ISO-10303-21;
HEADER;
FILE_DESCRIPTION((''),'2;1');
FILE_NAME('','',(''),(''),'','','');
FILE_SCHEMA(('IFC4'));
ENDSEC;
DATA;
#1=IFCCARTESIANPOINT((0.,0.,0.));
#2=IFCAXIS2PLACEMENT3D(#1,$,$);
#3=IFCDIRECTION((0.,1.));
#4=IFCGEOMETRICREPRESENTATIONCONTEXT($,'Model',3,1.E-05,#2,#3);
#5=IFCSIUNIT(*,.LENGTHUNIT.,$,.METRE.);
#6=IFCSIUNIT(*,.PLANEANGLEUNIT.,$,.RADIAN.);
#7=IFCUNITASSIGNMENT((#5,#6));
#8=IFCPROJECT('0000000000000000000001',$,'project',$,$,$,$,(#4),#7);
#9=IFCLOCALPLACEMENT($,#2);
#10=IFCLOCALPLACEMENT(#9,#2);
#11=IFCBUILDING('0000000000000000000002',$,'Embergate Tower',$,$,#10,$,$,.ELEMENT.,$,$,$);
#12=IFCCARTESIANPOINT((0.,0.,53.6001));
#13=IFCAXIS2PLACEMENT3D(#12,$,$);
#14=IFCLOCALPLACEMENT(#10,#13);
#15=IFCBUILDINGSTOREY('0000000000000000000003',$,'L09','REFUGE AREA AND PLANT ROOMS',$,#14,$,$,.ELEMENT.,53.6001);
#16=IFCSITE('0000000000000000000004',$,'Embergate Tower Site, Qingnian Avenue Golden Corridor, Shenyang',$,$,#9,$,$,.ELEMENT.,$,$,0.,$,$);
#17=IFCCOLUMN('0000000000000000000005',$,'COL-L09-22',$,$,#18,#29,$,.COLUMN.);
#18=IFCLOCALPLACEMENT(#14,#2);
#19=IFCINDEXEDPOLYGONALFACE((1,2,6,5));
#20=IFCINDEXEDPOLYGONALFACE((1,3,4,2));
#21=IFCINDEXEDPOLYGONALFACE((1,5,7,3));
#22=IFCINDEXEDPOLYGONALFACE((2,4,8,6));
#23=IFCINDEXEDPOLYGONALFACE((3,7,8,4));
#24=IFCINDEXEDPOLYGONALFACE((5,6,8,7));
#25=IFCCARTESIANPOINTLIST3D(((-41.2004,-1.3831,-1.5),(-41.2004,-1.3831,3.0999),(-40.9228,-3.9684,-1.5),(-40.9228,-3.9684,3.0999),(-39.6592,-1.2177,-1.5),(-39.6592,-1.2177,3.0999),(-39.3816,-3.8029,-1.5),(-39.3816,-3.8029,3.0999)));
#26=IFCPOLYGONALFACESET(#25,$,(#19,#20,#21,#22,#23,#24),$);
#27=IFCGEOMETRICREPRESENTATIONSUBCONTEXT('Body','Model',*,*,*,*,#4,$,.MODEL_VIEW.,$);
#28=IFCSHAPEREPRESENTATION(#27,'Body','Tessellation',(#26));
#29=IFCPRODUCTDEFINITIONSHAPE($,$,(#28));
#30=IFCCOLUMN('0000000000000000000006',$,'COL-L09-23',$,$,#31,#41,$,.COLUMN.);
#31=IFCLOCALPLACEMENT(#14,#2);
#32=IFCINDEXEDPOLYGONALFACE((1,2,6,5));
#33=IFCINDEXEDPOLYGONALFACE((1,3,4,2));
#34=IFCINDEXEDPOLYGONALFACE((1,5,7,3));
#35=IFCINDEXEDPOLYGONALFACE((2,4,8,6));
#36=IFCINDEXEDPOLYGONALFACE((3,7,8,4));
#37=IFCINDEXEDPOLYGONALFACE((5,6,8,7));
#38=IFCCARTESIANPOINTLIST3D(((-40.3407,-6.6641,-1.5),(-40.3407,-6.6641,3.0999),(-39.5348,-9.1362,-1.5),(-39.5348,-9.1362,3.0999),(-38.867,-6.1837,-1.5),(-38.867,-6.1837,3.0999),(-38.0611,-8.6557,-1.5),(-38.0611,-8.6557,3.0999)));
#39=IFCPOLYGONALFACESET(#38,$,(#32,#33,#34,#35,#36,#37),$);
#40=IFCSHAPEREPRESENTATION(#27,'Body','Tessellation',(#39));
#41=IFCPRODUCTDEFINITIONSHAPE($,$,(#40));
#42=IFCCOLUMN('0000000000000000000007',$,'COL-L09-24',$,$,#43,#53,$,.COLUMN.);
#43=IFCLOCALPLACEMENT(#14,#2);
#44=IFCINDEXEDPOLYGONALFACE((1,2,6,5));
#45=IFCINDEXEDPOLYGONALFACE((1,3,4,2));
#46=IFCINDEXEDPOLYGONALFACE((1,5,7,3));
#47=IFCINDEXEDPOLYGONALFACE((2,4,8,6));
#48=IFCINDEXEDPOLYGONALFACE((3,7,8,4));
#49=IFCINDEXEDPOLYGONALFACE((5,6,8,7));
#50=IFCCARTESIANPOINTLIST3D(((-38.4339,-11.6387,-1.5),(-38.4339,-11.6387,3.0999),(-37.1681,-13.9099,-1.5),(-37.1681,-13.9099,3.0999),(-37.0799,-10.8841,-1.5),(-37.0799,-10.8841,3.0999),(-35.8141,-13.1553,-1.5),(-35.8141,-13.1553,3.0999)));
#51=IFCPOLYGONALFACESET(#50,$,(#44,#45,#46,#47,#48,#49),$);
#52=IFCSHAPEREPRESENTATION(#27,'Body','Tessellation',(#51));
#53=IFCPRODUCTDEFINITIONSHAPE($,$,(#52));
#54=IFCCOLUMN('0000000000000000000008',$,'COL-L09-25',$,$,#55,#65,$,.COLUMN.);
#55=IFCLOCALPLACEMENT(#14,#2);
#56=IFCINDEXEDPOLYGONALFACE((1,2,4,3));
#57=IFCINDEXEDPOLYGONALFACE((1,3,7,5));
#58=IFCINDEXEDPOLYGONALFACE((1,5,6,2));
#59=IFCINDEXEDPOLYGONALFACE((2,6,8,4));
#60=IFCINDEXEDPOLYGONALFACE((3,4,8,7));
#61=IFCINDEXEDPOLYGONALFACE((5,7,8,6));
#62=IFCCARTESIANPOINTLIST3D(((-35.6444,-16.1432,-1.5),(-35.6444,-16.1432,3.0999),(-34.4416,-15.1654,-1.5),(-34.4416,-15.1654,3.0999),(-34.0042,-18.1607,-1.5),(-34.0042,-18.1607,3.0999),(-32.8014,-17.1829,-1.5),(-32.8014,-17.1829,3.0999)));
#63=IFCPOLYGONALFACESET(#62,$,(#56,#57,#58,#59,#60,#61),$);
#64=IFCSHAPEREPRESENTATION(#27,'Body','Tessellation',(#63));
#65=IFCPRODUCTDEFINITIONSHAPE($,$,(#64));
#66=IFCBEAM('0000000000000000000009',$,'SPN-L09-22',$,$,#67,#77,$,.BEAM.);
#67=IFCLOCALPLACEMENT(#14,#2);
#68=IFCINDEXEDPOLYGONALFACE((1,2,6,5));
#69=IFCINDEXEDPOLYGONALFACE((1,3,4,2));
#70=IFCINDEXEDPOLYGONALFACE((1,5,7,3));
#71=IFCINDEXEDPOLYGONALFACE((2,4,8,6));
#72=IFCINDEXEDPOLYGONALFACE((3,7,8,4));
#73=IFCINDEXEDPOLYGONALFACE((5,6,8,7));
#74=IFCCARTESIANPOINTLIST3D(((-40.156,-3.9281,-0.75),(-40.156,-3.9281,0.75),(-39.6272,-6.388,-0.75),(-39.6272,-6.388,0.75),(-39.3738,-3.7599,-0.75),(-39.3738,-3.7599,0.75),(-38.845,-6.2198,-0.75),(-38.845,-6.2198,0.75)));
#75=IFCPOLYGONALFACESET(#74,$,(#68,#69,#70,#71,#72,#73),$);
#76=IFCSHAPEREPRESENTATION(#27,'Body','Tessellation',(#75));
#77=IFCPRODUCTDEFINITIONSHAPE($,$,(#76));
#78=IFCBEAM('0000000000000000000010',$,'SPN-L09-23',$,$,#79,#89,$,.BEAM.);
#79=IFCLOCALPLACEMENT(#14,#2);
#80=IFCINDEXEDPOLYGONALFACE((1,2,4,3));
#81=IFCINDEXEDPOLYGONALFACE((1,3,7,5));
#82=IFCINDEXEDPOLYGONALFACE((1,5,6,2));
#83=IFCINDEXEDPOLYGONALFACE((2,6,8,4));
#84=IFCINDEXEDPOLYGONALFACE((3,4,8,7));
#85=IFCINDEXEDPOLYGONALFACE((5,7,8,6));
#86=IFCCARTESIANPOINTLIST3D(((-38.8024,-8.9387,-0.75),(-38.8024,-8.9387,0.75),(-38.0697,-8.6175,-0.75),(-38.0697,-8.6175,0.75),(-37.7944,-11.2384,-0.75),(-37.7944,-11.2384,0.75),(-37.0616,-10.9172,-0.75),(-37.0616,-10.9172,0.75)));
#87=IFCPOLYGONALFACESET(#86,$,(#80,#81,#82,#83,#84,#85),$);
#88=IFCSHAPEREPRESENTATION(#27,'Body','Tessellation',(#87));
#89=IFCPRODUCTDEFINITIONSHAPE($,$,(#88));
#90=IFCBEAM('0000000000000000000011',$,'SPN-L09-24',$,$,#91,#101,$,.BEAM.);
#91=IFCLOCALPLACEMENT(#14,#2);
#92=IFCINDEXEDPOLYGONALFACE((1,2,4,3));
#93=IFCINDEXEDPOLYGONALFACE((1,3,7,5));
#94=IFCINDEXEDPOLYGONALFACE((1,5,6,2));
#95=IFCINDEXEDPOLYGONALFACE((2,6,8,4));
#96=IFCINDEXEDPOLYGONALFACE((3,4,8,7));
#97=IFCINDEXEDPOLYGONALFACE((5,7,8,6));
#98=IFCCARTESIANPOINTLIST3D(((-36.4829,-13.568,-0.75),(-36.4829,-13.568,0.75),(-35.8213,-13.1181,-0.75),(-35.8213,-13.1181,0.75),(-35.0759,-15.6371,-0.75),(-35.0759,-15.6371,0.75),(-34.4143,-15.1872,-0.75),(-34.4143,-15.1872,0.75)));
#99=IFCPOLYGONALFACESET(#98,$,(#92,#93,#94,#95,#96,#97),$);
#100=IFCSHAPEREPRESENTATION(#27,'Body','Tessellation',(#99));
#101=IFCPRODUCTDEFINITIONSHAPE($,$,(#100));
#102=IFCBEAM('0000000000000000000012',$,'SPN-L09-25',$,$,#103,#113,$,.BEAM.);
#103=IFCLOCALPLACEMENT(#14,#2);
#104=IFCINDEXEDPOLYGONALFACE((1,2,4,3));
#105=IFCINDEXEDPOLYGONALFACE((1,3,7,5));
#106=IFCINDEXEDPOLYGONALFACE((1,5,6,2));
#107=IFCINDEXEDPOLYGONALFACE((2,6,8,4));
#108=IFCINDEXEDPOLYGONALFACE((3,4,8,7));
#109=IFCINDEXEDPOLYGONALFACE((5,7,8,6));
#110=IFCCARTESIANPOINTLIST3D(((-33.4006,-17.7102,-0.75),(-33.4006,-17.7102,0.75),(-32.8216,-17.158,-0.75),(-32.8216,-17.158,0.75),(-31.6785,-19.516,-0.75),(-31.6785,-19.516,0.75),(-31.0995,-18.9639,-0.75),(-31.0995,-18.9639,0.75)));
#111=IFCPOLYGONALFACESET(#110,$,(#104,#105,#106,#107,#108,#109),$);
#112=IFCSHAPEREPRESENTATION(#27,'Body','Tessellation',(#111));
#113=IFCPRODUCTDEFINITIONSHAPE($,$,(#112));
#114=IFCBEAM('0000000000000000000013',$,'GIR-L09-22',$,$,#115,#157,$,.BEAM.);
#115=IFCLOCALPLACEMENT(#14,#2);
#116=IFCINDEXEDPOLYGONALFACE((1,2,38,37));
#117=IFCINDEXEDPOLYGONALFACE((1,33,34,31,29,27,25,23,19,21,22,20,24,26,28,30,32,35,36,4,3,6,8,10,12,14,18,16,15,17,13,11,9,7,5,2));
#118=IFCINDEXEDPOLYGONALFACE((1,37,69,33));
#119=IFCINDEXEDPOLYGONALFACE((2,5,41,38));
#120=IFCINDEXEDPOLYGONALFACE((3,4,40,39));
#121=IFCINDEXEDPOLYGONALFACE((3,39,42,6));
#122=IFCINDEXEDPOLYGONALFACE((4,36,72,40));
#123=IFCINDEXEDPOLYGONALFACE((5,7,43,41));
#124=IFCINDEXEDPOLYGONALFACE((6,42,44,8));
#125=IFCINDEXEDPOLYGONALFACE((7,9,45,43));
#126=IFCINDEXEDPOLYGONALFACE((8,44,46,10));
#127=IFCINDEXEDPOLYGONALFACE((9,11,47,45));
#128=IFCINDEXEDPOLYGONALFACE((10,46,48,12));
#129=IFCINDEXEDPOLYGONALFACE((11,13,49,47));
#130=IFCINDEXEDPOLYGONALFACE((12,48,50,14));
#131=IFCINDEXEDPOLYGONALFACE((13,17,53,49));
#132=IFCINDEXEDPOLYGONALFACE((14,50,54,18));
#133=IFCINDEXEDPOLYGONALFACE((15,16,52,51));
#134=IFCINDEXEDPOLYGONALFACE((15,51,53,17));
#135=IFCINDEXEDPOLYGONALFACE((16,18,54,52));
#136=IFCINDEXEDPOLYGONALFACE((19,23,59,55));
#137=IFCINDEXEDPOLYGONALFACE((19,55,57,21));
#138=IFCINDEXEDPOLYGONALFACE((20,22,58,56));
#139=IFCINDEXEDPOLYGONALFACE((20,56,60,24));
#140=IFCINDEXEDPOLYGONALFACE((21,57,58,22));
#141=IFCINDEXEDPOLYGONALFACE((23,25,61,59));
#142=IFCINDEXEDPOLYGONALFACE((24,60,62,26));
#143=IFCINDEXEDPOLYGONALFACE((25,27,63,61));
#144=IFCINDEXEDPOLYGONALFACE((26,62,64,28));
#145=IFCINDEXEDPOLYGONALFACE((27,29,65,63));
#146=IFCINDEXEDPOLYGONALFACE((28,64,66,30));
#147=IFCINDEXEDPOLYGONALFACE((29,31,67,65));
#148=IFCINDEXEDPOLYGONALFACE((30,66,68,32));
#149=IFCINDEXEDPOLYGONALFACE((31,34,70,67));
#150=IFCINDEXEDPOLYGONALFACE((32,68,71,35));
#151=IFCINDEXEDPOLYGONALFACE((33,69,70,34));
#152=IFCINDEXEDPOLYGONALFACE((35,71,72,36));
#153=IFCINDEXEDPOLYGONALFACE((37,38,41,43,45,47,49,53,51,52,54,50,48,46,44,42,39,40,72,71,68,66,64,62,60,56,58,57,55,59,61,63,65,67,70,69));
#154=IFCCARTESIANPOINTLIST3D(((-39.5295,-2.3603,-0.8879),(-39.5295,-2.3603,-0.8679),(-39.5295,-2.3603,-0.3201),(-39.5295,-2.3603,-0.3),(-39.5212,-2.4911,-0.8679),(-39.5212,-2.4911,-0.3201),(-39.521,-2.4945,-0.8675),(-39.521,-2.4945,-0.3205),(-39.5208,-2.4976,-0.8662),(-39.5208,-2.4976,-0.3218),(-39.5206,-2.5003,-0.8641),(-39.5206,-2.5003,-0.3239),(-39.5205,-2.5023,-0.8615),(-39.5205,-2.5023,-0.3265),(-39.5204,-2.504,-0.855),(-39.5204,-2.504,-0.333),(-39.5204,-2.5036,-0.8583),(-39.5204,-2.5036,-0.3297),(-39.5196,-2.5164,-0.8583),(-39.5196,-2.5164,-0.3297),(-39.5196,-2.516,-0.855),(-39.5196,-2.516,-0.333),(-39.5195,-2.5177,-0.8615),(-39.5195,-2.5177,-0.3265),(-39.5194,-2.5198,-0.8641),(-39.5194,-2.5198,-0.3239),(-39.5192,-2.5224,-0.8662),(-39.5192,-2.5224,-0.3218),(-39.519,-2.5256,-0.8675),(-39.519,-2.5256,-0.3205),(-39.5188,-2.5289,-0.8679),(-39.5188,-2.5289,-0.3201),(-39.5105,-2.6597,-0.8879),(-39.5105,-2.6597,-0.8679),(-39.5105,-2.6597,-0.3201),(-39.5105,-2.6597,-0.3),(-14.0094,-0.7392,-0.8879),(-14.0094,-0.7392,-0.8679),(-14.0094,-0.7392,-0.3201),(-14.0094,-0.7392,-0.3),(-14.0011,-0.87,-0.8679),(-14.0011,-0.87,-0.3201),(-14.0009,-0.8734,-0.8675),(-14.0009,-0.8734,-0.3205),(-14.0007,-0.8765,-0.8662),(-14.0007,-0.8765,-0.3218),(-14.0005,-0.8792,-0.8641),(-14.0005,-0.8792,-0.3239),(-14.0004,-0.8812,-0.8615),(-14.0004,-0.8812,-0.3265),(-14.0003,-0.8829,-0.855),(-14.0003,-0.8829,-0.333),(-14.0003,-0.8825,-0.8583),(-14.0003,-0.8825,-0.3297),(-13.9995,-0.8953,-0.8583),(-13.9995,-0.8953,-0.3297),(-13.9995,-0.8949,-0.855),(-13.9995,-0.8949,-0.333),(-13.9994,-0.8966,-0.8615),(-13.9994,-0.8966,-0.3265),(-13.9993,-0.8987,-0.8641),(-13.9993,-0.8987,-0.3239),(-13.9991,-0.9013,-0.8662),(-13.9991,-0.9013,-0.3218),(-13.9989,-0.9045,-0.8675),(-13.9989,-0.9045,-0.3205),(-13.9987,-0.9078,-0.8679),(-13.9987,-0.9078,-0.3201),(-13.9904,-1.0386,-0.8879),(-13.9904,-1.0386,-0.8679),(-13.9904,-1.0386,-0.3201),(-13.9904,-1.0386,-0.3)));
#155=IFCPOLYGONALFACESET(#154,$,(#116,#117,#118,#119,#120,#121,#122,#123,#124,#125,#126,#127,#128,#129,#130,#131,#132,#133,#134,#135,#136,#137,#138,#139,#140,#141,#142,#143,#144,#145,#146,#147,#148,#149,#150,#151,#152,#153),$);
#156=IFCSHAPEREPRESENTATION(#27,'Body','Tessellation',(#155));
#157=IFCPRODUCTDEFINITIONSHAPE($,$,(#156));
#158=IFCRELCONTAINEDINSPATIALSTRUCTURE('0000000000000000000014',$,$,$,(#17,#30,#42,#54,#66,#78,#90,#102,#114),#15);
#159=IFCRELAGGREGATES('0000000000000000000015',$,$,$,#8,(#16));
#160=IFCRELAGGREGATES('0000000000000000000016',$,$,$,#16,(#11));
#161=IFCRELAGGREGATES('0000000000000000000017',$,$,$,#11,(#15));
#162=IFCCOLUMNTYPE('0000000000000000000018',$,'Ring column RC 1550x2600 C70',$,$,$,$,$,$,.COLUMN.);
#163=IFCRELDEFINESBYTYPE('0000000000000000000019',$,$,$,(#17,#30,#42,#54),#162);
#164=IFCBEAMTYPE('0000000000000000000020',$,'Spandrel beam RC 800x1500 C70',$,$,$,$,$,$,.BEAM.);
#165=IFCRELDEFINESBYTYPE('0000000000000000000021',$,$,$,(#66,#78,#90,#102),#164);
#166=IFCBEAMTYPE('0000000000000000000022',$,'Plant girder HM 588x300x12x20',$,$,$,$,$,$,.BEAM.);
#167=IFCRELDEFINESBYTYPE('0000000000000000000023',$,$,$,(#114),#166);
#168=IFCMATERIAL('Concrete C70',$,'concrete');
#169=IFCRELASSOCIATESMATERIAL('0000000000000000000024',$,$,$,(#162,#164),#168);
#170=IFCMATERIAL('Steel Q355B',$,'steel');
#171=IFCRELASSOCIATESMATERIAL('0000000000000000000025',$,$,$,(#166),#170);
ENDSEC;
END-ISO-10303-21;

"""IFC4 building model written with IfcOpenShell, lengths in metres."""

from ifc_helpers import new_model, si_unit, direction, frame, origin, origin_2d, place, context, subcontext, project, spatial, rectangle, i_section, extrude, source, transform, mapped, material, material_profile, profile_set, type_object, element, save


model = new_model("IFC4")

# Units and contexts
model_context = context("Model", 3, precision=1e-05, world=origin(), true_north=direction((0.0, 1.0)))
body_context = subcontext(model_context, "Body", "Model", "MODEL_VIEW")
ifc_project = project(units=[si_unit("LENGTHUNIT", "METRE"), si_unit("PLANEANGLEUNIT", "RADIAN")], contexts=[model_context])

# Site, building, storey
site_placement = place(None, origin())
site = spatial("IfcSite", under=ifc_project, at=site_placement, Name="Embergate Tower Site, Qingnian Avenue Golden Corridor, Shenyang", CompositionType="ELEMENT", RefElevation=0.0)
building_placement = place(site_placement, origin())
building = spatial("IfcBuilding", under=site, at=building_placement, Name="Embergate Tower", CompositionType="ELEMENT")
storey_placement = place(building_placement, frame((0.0, 0.0, 53.6001)))
storey = spatial("IfcBuildingStorey", under=building, at=storey_placement, Name="L09", Description="REFUGE AREA AND PLANT ROOMS", CompositionType="ELEMENT", Elevation=53.6001)

# Columns
ifc_material_1 = material(Name="Concrete C70", Category="concrete")
ifc_material_profile_1 = material_profile(ifc_material_1, rectangle(XDim=1.55, YDim=2.6001, at=origin_2d()), Name="RC 1550x2600")
ifc_profile_set_1 = profile_set([ifc_material_profile_1], Name="Concrete C70")
column_type = type_object("IfcColumnType", Name="Ring column RC 1550x2600 C70", PredefinedType="COLUMN", material=ifc_profile_set_1)
shared_shape_1 = source(origin(), body_context, "Body", "SweptSolid", [
    extrude(rectangle(XDim=1.55, YDim=2.6001, at=origin_2d()), origin(), (0.0, 0.0, 1.0), 4.5999),
])
for number, where, z_axis, x_axis, name in (
    (1, (-40.291, -2.593, -1.5), (0.0, 0.0, 1.0), (-0.994286, -0.10675, 0.0), "COL-L09-22"),
    (2, (-39.2009, -7.6599, -1.5), (0.0, 0.0, 1.0), (-0.950754, -0.309946, 0.0), "COL-L09-23"),
    (3, (-37.124, -12.397, -1.5), (0.0, 0.0, 1.0), (-0.8735, -0.486823, 0.0), "COL-L09-24"),
    (4, (-34.2229, -16.6631, -1.5), (0.0, 0.0, 1.0), (-0.775925, -0.630825, 0.0), "COL-L09-25"),
):
    element("IfcColumn", number, at=place(storey_placement, frame(where, z_axis=z_axis, x_axis=x_axis)), inside=storey, type_object=column_type, Name=name, PredefinedType="COLUMN", context=body_context, shape_type="MappedRepresentation", body=[
        mapped(shared_shape_1, transform((0.0, 0.0, 0.0))),
    ])

# Beams
ifc_material_profile_2 = material_profile(ifc_material_1, rectangle(XDim=0.8, YDim=1.5, at=origin_2d()), Name="RC 800x1500")
ifc_profile_set_2 = profile_set([ifc_material_profile_2], Name="Concrete C70")
beam_type_1 = type_object("IfcBeamType", Name="Spandrel beam RC 800x1500 C70", PredefinedType="BEAM", material=ifc_profile_set_2)
shared_shape_2 = source(origin(), body_context, "Body", "SweptSolid", [
    extrude(rectangle(XDim=0.8, YDim=1.5, at=origin_2d()), origin(), (0.0, 0.0, 1.0), 2.5161),
])
beam_1_placement = place(storey_placement, frame((-39.7649, -3.844, 0.0), z_axis=(0.210165, -0.977666, 0.0), x_axis=(0.977666, 0.210165, 0.0)))
element("IfcBeam", 5, at=beam_1_placement, inside=storey, type_object=beam_type_1, Name="SPN-L09-22", PredefinedType="BEAM", context=body_context, shape_type="MappedRepresentation", body=[
    mapped(shared_shape_2, transform((0.0, 0.0, 0.0))),
])
shared_shape_3 = source(origin(), body_context, "Body", "SweptSolid", [
    extrude(rectangle(XDim=0.8, YDim=1.5, at=origin_2d()), origin(), (0.0, 0.0, 1.0), 2.511),
])
beam_2_placement = place(storey_placement, frame((-38.436, -8.7781, 0.0), z_axis=(0.401451, -0.91588, 0.0), x_axis=(0.91588, 0.401451, 0.0)))
element("IfcBeam", 6, at=beam_2_placement, inside=storey, type_object=beam_type_1, Name="SPN-L09-23", PredefinedType="BEAM", context=body_context, shape_type="MappedRepresentation", body=[
    mapped(shared_shape_3, transform((0.0, 0.0, 0.0))),
])
shared_shape_4 = source(origin(), body_context, "Body", "SweptSolid", [
    extrude(rectangle(XDim=0.8, YDim=1.5, at=origin_2d()), origin(), (0.0, 0.0, 1.0), 2.5022),
])
beam_3_placement = place(storey_placement, frame((-36.1521, -13.343, 0.0), z_axis=(0.56231, -0.826927, 0.0), x_axis=(0.826927, 0.56231, 0.0)))
element("IfcBeam", 7, at=beam_3_placement, inside=storey, type_object=beam_type_1, Name="SPN-L09-24", PredefinedType="BEAM", context=body_context, shape_type="MappedRepresentation", body=[
    mapped(shared_shape_4, transform((0.0, 0.0, 0.0))),
])
shared_shape_5 = source(origin(), body_context, "Body", "SweptSolid", [
    extrude(rectangle(XDim=0.8, YDim=1.5, at=origin_2d()), origin(), (0.0, 0.0, 1.0), 2.4954),
])
beam_4_placement = place(storey_placement, frame((-33.1111, -17.4341, 0.0), z_axis=(0.690129, -0.723686, 0.0), x_axis=(0.723686, 0.690129, 0.0)))
element("IfcBeam", 8, at=beam_4_placement, inside=storey, type_object=beam_type_1, Name="SPN-L09-25", PredefinedType="BEAM", context=body_context, shape_type="MappedRepresentation", body=[
    mapped(shared_shape_5, transform((0.0, 0.0, 0.0))),
])
ifc_material_2 = material(Name="Steel Q355B", Category="steel")
ifc_material_profile_3 = material_profile(ifc_material_2, i_section(OverallWidth=0.3, OverallDepth=0.5879, WebThickness=0.012, FlangeThickness=0.02, FilletRadius=0.0129, at=origin_2d()), Name="HM 588x300x12x20")
ifc_profile_set_3 = profile_set([ifc_material_profile_3], Name="Steel Q355 grade B")
beam_type_2 = type_object("IfcBeamType", Name="Plant girder HM 588x300x12x20", PredefinedType="BEAM", material=ifc_profile_set_3)
shared_shape_6 = source(origin(), body_context, "Body", "SweptSolid", [
    extrude(i_section(OverallWidth=0.3, OverallDepth=0.5879, WebThickness=0.012, FlangeThickness=0.02, FilletRadius=0.0129, at=origin_2d()), origin(), (0.0, 0.0, 1.0), 25.5715),
])
beam_5_placement = place(storey_placement, frame((-39.52, -2.51, -0.594), z_axis=(0.997989, 0.063395, 0.0), x_axis=(-0.063395, 0.997989, 0.0)))
element("IfcBeam", 9, at=beam_5_placement, inside=storey, type_object=beam_type_2, Name="GIR-L09-22", PredefinedType="BEAM", context=body_context, shape_type="MappedRepresentation", body=[
    mapped(shared_shape_6, transform((0.0, 0.0, 0.0))),
])

save(model, "model.ifc")
